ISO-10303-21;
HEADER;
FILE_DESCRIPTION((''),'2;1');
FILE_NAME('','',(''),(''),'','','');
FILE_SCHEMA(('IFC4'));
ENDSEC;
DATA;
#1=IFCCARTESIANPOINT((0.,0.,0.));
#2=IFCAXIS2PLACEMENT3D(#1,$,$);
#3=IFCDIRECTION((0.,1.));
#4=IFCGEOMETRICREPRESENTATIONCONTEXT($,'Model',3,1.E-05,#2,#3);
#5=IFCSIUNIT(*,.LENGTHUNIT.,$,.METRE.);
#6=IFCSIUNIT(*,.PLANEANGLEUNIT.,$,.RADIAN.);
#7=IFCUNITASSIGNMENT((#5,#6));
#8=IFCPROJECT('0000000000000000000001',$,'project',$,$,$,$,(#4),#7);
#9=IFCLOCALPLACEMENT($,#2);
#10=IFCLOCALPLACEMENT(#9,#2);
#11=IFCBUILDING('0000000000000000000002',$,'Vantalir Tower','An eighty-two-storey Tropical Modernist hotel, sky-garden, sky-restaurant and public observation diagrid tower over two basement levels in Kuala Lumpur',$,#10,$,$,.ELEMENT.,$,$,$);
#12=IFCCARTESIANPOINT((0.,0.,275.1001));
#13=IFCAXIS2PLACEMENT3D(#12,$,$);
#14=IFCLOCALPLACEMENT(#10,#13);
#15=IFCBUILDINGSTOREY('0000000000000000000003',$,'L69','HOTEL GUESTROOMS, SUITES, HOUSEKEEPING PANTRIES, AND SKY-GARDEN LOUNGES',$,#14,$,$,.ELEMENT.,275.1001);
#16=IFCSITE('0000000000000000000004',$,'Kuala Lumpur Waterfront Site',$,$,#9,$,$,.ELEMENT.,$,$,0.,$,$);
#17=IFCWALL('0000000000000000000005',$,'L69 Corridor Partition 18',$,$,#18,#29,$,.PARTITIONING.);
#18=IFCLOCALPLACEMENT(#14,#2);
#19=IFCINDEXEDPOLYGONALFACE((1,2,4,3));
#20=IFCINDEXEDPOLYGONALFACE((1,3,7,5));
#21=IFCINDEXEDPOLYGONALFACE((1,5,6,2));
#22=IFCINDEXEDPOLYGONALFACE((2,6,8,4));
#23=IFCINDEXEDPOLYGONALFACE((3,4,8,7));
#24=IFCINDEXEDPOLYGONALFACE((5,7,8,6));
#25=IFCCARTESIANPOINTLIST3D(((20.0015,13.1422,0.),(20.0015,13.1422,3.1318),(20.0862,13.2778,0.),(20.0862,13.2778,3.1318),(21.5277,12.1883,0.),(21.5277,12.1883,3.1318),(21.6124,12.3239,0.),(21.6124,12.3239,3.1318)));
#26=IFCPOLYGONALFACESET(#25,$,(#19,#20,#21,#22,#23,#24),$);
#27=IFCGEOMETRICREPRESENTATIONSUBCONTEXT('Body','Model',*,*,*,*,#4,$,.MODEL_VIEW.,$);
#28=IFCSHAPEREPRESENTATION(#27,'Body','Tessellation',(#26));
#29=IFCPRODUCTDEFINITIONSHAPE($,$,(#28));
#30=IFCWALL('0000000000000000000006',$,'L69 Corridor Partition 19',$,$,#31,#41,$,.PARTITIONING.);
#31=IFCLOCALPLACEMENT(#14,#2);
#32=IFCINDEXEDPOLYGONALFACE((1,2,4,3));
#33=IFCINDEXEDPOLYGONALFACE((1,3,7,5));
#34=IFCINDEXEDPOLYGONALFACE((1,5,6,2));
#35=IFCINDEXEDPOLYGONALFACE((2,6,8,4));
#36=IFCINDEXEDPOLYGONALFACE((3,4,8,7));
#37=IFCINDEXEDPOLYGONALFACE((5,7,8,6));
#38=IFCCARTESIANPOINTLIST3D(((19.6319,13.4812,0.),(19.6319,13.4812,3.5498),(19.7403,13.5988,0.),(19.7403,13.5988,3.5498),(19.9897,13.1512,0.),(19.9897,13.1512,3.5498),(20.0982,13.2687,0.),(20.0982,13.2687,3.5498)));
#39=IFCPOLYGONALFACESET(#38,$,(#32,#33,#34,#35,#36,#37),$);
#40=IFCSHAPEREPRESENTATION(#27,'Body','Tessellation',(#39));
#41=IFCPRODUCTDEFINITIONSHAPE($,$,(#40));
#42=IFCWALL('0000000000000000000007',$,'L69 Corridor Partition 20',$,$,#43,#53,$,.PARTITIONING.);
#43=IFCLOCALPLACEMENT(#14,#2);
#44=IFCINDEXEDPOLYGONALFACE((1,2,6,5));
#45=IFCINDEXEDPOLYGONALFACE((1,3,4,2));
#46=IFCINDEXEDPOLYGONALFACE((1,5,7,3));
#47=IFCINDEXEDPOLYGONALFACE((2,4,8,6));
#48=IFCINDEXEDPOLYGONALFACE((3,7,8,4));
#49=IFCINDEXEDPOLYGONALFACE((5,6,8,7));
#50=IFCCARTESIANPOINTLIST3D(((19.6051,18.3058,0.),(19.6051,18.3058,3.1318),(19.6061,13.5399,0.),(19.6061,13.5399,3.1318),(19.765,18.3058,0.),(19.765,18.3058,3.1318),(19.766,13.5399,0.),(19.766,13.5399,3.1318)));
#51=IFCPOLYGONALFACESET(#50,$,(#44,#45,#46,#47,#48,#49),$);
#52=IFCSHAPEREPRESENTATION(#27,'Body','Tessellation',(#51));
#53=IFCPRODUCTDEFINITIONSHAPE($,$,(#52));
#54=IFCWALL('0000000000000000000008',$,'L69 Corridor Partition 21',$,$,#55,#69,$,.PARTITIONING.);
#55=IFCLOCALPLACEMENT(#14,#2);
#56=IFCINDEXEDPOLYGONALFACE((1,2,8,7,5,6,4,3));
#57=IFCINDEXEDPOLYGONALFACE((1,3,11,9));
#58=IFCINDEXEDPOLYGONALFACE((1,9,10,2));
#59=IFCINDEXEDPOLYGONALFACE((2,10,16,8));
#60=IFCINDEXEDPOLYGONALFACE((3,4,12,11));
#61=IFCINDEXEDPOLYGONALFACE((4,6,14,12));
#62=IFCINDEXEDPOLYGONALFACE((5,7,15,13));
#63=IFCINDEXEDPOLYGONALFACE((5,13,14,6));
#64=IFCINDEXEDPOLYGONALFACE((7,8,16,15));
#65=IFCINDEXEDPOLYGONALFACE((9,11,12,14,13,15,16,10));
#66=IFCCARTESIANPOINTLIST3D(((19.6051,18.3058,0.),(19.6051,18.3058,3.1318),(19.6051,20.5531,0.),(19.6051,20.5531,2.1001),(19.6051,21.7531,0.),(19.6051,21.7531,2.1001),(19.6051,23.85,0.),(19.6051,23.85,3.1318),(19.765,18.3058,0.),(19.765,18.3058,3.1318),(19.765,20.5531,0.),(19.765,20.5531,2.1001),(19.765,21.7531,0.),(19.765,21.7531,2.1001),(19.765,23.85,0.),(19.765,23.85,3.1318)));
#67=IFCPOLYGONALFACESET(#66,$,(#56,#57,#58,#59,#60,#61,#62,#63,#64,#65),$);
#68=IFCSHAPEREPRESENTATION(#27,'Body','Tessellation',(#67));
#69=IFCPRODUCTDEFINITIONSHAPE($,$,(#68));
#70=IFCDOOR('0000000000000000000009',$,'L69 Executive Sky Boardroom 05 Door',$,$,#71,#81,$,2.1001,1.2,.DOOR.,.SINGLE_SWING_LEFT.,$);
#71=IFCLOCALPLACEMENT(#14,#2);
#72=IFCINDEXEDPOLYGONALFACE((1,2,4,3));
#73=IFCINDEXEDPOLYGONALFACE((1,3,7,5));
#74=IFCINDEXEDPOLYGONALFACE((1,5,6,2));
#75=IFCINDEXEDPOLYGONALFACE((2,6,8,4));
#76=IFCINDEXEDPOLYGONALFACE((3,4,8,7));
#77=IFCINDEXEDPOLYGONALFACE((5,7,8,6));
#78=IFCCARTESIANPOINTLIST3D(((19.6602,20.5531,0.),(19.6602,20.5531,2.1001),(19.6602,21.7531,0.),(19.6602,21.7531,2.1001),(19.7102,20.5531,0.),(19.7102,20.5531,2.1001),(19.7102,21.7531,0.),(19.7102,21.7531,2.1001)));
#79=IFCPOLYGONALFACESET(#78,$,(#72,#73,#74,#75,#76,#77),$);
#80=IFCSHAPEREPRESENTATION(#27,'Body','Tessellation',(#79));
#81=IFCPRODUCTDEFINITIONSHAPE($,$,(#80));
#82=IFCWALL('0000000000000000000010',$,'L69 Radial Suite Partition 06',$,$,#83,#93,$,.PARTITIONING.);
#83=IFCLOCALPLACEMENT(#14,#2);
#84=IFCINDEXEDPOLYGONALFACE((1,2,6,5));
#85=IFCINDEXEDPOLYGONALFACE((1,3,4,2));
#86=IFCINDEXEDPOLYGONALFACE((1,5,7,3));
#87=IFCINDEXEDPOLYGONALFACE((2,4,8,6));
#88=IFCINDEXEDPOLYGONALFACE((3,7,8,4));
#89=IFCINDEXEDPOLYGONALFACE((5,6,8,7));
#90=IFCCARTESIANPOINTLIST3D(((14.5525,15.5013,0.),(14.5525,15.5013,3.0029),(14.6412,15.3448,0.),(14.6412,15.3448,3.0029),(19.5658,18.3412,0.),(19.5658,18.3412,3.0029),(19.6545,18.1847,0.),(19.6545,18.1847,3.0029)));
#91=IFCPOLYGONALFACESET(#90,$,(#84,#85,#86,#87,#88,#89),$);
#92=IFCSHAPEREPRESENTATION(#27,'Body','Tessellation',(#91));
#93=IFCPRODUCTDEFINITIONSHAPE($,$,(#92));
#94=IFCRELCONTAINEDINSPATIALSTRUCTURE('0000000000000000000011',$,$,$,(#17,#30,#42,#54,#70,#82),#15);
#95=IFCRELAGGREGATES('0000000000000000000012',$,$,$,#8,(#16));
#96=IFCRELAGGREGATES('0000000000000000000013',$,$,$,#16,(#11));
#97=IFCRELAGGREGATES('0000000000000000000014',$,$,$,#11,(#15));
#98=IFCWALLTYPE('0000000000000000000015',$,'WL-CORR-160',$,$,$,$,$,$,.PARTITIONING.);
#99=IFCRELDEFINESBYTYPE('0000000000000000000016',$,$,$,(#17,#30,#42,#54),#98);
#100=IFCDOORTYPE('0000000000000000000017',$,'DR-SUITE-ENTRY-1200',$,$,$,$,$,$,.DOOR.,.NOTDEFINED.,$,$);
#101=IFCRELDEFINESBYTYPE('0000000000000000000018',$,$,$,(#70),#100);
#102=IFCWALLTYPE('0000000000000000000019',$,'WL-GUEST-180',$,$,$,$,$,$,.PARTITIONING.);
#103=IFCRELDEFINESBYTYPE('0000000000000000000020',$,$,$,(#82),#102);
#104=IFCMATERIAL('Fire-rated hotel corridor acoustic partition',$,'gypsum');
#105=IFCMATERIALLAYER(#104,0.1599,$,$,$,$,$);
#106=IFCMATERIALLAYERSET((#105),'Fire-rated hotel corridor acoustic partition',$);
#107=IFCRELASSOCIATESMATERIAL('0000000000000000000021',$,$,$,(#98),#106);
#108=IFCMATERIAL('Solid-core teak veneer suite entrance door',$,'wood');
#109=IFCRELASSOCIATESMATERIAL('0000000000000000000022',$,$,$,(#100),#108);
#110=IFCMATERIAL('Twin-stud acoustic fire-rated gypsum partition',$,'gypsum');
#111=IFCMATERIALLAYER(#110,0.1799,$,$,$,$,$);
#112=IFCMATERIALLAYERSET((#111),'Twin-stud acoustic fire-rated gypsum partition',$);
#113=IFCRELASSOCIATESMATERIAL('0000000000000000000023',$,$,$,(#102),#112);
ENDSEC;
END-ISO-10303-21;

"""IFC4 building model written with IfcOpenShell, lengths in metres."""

from ifc_helpers import new_model, si_unit, direction, frame, frame_2d, origin, place, context, subcontext, project, spatial, rectangle, extrude, material, layer, layer_set, type_object, element, fill, save


model = new_model("IFC4")

# Units and contexts
model_context = context("Model", 3, precision=1e-05, world=origin(), true_north=direction((0.0, 1.0)))
body_context = subcontext(model_context, "Body", "Model", "MODEL_VIEW")
ifc_project = project(units=[si_unit("LENGTHUNIT", "METRE"), si_unit("PLANEANGLEUNIT", "RADIAN")], contexts=[model_context])

# Site, building, storey
site_placement = place(None, origin())
site = spatial("IfcSite", under=ifc_project, at=site_placement, Name="Kuala Lumpur Waterfront Site", CompositionType="ELEMENT", RefElevation=0.0)
building_placement = place(site_placement, origin())
building = spatial("IfcBuilding", under=site, at=building_placement, Name="Vantalir Tower", Description="An eighty-two-storey Tropical Modernist hotel, sky-garden, sky-restaurant and public observation diagrid tower over two basement levels in Kuala Lumpur", CompositionType="ELEMENT")
storey_placement = place(building_placement, frame((0.0, 0.0, 275.1001)))
storey = spatial("IfcBuildingStorey", under=building, at=storey_placement, Name="L69", Description="HOTEL GUESTROOMS, SUITES, HOUSEKEEPING PANTRIES, AND SKY-GARDEN LOUNGES", CompositionType="ELEMENT", Elevation=275.1001)

# Walls
ifc_material_1 = material(Name="Fire-rated hotel corridor acoustic partition", Category="gypsum")
ifc_layer_1 = layer(ifc_material_1, 0.1599)
ifc_layer_set_1 = layer_set([ifc_layer_1], Name="Fire-rated hotel corridor acoustic partition")
wall_type_1 = type_object("IfcWallType", Name="WL-CORR-160", PredefinedType="PARTITIONING", material=ifc_layer_set_1)
wall_1_placement = place(storey_placement, frame((21.5701, 12.2561, 0.0), z_axis=(0.0, 0.0, 1.0), x_axis=(-0.847991, 0.530011, 0.0)))
element("IfcWall", 1, at=wall_1_placement, inside=storey, type_object=wall_type_1, Name="L69 Corridor Partition 18", PredefinedType="PARTITIONING", context=body_context, shape_type="SweptSolid", body=[
    extrude(rectangle(XDim=1.7998, YDim=0.1599, at=frame_2d((0.8999, 0.0))), origin(), (0.0, 0.0, 1.0), 3.1318),
])
wall_2_placement = place(storey_placement, frame((20.0439, 13.21, 0.0), z_axis=(0.0, 0.0, 1.0), x_axis=(-0.735111, 0.677947, 0.0)))
element("IfcWall", 2, at=wall_2_placement, inside=storey, type_object=wall_type_1, Name="L69 Corridor Partition 19", PredefinedType="PARTITIONING", context=body_context, shape_type="SweptSolid", body=[
    extrude(rectangle(XDim=0.4868, YDim=0.1599, at=frame_2d((0.2434, 0.0))), origin(), (0.0, 0.0, 1.0), 3.5498),
])
wall_3_placement = place(storey_placement, frame((19.686, 13.54, 0.0), z_axis=(0.0, 0.0, 1.0), x_axis=(-0.000205, 1.0, 0.0)))
element("IfcWall", 3, at=wall_3_placement, inside=storey, type_object=wall_type_1, Name="L69 Corridor Partition 20", PredefinedType="PARTITIONING", context=body_context, shape_type="SweptSolid", body=[
    extrude(rectangle(XDim=4.7659, YDim=0.1599, at=frame_2d((2.3828, 0.0))), origin(), (0.0, 0.0, 1.0), 3.1318),
])

# Wall, opening, door
wall_4_placement = place(storey_placement, frame((19.6851, 18.3059, 0.0), z_axis=(0.0, 0.0, 1.0), x_axis=(0.0, 1.0, 0.0)))
wall_4 = element("IfcWall", 4, at=wall_4_placement, inside=storey, type_object=wall_type_1, Name="L69 Corridor Partition 21", PredefinedType="PARTITIONING", context=body_context, shape_type="SweptSolid", body=[
    extrude(rectangle(XDim=5.5442, YDim=0.1599, at=frame_2d((2.772, 0.0))), origin(), (0.0, 0.0, 1.0), 3.1318),
])
opening_placement = place(wall_4_placement, frame((2.2471, 0.0, 0.0)))
opening = element("IfcOpeningElement", 5, at=opening_placement, cuts=wall_4, PredefinedType="OPENING", context=body_context, shape_type="SweptSolid", body=[
    extrude(rectangle(XDim=1.2, YDim=2.1001, at=frame_2d((0.6001, 1.05))), frame((0.0, 0.0898, 0.0), z_axis=(0.0, -1.0, 0.0), x_axis=(1.0, 0.0, 0.0)), (0.0, 0.0, 1.0), 0.1799),
])
ifc_material_2 = material(Name="Solid-core teak veneer suite entrance door", Category="wood")
door_type = type_object("IfcDoorType", Name="DR-SUITE-ENTRY-1200", OperationType="NOTDEFINED", PredefinedType="DOOR", material=ifc_material_2)
door_placement = place(opening_placement, origin())
door = element("IfcDoor", 6, at=door_placement, inside=storey, type_object=door_type, Name="L69 Executive Sky Boardroom 05 Door", OperationType="SINGLE_SWING_LEFT", OverallHeight=2.1001, OverallWidth=1.2, PredefinedType="DOOR", context=body_context, shape_type="SweptSolid", body=[
    extrude(rectangle(XDim=1.2, YDim=2.1001, at=frame_2d((0.6001, 1.05))), frame((0.0, 0.0249, 0.0), z_axis=(0.0, -1.0, 0.0), x_axis=(1.0, 0.0, 0.0)), (0.0, 0.0, 1.0), 0.05),
])
fill(opening, door)

# Wall
ifc_material_3 = material(Name="Twin-stud acoustic fire-rated gypsum partition", Category="gypsum")
ifc_layer_2 = layer(ifc_material_3, 0.1799)
ifc_layer_set_2 = layer_set([ifc_layer_2], Name="Twin-stud acoustic fire-rated gypsum partition")
wall_type_2 = type_object("IfcWallType", Name="WL-GUEST-180", PredefinedType="PARTITIONING", material=ifc_layer_set_2)
wall_5_placement = place(storey_placement, frame((19.6101, 18.2629, 0.0), z_axis=(0.0, 0.0, 1.0), x_axis=(-0.870094, -0.492886, 0.0)))
element("IfcWall", 7, at=wall_5_placement, inside=storey, type_object=wall_type_2, Name="L69 Radial Suite Partition 06", PredefinedType="PARTITIONING", context=body_context, shape_type="SweptSolid", body=[
    extrude(rectangle(XDim=5.7617, YDim=0.1799, at=frame_2d((2.8809, 0.0))), origin(), (0.0, 0.0, 1.0), 3.0029),
])

save(model, "model.ifc")
